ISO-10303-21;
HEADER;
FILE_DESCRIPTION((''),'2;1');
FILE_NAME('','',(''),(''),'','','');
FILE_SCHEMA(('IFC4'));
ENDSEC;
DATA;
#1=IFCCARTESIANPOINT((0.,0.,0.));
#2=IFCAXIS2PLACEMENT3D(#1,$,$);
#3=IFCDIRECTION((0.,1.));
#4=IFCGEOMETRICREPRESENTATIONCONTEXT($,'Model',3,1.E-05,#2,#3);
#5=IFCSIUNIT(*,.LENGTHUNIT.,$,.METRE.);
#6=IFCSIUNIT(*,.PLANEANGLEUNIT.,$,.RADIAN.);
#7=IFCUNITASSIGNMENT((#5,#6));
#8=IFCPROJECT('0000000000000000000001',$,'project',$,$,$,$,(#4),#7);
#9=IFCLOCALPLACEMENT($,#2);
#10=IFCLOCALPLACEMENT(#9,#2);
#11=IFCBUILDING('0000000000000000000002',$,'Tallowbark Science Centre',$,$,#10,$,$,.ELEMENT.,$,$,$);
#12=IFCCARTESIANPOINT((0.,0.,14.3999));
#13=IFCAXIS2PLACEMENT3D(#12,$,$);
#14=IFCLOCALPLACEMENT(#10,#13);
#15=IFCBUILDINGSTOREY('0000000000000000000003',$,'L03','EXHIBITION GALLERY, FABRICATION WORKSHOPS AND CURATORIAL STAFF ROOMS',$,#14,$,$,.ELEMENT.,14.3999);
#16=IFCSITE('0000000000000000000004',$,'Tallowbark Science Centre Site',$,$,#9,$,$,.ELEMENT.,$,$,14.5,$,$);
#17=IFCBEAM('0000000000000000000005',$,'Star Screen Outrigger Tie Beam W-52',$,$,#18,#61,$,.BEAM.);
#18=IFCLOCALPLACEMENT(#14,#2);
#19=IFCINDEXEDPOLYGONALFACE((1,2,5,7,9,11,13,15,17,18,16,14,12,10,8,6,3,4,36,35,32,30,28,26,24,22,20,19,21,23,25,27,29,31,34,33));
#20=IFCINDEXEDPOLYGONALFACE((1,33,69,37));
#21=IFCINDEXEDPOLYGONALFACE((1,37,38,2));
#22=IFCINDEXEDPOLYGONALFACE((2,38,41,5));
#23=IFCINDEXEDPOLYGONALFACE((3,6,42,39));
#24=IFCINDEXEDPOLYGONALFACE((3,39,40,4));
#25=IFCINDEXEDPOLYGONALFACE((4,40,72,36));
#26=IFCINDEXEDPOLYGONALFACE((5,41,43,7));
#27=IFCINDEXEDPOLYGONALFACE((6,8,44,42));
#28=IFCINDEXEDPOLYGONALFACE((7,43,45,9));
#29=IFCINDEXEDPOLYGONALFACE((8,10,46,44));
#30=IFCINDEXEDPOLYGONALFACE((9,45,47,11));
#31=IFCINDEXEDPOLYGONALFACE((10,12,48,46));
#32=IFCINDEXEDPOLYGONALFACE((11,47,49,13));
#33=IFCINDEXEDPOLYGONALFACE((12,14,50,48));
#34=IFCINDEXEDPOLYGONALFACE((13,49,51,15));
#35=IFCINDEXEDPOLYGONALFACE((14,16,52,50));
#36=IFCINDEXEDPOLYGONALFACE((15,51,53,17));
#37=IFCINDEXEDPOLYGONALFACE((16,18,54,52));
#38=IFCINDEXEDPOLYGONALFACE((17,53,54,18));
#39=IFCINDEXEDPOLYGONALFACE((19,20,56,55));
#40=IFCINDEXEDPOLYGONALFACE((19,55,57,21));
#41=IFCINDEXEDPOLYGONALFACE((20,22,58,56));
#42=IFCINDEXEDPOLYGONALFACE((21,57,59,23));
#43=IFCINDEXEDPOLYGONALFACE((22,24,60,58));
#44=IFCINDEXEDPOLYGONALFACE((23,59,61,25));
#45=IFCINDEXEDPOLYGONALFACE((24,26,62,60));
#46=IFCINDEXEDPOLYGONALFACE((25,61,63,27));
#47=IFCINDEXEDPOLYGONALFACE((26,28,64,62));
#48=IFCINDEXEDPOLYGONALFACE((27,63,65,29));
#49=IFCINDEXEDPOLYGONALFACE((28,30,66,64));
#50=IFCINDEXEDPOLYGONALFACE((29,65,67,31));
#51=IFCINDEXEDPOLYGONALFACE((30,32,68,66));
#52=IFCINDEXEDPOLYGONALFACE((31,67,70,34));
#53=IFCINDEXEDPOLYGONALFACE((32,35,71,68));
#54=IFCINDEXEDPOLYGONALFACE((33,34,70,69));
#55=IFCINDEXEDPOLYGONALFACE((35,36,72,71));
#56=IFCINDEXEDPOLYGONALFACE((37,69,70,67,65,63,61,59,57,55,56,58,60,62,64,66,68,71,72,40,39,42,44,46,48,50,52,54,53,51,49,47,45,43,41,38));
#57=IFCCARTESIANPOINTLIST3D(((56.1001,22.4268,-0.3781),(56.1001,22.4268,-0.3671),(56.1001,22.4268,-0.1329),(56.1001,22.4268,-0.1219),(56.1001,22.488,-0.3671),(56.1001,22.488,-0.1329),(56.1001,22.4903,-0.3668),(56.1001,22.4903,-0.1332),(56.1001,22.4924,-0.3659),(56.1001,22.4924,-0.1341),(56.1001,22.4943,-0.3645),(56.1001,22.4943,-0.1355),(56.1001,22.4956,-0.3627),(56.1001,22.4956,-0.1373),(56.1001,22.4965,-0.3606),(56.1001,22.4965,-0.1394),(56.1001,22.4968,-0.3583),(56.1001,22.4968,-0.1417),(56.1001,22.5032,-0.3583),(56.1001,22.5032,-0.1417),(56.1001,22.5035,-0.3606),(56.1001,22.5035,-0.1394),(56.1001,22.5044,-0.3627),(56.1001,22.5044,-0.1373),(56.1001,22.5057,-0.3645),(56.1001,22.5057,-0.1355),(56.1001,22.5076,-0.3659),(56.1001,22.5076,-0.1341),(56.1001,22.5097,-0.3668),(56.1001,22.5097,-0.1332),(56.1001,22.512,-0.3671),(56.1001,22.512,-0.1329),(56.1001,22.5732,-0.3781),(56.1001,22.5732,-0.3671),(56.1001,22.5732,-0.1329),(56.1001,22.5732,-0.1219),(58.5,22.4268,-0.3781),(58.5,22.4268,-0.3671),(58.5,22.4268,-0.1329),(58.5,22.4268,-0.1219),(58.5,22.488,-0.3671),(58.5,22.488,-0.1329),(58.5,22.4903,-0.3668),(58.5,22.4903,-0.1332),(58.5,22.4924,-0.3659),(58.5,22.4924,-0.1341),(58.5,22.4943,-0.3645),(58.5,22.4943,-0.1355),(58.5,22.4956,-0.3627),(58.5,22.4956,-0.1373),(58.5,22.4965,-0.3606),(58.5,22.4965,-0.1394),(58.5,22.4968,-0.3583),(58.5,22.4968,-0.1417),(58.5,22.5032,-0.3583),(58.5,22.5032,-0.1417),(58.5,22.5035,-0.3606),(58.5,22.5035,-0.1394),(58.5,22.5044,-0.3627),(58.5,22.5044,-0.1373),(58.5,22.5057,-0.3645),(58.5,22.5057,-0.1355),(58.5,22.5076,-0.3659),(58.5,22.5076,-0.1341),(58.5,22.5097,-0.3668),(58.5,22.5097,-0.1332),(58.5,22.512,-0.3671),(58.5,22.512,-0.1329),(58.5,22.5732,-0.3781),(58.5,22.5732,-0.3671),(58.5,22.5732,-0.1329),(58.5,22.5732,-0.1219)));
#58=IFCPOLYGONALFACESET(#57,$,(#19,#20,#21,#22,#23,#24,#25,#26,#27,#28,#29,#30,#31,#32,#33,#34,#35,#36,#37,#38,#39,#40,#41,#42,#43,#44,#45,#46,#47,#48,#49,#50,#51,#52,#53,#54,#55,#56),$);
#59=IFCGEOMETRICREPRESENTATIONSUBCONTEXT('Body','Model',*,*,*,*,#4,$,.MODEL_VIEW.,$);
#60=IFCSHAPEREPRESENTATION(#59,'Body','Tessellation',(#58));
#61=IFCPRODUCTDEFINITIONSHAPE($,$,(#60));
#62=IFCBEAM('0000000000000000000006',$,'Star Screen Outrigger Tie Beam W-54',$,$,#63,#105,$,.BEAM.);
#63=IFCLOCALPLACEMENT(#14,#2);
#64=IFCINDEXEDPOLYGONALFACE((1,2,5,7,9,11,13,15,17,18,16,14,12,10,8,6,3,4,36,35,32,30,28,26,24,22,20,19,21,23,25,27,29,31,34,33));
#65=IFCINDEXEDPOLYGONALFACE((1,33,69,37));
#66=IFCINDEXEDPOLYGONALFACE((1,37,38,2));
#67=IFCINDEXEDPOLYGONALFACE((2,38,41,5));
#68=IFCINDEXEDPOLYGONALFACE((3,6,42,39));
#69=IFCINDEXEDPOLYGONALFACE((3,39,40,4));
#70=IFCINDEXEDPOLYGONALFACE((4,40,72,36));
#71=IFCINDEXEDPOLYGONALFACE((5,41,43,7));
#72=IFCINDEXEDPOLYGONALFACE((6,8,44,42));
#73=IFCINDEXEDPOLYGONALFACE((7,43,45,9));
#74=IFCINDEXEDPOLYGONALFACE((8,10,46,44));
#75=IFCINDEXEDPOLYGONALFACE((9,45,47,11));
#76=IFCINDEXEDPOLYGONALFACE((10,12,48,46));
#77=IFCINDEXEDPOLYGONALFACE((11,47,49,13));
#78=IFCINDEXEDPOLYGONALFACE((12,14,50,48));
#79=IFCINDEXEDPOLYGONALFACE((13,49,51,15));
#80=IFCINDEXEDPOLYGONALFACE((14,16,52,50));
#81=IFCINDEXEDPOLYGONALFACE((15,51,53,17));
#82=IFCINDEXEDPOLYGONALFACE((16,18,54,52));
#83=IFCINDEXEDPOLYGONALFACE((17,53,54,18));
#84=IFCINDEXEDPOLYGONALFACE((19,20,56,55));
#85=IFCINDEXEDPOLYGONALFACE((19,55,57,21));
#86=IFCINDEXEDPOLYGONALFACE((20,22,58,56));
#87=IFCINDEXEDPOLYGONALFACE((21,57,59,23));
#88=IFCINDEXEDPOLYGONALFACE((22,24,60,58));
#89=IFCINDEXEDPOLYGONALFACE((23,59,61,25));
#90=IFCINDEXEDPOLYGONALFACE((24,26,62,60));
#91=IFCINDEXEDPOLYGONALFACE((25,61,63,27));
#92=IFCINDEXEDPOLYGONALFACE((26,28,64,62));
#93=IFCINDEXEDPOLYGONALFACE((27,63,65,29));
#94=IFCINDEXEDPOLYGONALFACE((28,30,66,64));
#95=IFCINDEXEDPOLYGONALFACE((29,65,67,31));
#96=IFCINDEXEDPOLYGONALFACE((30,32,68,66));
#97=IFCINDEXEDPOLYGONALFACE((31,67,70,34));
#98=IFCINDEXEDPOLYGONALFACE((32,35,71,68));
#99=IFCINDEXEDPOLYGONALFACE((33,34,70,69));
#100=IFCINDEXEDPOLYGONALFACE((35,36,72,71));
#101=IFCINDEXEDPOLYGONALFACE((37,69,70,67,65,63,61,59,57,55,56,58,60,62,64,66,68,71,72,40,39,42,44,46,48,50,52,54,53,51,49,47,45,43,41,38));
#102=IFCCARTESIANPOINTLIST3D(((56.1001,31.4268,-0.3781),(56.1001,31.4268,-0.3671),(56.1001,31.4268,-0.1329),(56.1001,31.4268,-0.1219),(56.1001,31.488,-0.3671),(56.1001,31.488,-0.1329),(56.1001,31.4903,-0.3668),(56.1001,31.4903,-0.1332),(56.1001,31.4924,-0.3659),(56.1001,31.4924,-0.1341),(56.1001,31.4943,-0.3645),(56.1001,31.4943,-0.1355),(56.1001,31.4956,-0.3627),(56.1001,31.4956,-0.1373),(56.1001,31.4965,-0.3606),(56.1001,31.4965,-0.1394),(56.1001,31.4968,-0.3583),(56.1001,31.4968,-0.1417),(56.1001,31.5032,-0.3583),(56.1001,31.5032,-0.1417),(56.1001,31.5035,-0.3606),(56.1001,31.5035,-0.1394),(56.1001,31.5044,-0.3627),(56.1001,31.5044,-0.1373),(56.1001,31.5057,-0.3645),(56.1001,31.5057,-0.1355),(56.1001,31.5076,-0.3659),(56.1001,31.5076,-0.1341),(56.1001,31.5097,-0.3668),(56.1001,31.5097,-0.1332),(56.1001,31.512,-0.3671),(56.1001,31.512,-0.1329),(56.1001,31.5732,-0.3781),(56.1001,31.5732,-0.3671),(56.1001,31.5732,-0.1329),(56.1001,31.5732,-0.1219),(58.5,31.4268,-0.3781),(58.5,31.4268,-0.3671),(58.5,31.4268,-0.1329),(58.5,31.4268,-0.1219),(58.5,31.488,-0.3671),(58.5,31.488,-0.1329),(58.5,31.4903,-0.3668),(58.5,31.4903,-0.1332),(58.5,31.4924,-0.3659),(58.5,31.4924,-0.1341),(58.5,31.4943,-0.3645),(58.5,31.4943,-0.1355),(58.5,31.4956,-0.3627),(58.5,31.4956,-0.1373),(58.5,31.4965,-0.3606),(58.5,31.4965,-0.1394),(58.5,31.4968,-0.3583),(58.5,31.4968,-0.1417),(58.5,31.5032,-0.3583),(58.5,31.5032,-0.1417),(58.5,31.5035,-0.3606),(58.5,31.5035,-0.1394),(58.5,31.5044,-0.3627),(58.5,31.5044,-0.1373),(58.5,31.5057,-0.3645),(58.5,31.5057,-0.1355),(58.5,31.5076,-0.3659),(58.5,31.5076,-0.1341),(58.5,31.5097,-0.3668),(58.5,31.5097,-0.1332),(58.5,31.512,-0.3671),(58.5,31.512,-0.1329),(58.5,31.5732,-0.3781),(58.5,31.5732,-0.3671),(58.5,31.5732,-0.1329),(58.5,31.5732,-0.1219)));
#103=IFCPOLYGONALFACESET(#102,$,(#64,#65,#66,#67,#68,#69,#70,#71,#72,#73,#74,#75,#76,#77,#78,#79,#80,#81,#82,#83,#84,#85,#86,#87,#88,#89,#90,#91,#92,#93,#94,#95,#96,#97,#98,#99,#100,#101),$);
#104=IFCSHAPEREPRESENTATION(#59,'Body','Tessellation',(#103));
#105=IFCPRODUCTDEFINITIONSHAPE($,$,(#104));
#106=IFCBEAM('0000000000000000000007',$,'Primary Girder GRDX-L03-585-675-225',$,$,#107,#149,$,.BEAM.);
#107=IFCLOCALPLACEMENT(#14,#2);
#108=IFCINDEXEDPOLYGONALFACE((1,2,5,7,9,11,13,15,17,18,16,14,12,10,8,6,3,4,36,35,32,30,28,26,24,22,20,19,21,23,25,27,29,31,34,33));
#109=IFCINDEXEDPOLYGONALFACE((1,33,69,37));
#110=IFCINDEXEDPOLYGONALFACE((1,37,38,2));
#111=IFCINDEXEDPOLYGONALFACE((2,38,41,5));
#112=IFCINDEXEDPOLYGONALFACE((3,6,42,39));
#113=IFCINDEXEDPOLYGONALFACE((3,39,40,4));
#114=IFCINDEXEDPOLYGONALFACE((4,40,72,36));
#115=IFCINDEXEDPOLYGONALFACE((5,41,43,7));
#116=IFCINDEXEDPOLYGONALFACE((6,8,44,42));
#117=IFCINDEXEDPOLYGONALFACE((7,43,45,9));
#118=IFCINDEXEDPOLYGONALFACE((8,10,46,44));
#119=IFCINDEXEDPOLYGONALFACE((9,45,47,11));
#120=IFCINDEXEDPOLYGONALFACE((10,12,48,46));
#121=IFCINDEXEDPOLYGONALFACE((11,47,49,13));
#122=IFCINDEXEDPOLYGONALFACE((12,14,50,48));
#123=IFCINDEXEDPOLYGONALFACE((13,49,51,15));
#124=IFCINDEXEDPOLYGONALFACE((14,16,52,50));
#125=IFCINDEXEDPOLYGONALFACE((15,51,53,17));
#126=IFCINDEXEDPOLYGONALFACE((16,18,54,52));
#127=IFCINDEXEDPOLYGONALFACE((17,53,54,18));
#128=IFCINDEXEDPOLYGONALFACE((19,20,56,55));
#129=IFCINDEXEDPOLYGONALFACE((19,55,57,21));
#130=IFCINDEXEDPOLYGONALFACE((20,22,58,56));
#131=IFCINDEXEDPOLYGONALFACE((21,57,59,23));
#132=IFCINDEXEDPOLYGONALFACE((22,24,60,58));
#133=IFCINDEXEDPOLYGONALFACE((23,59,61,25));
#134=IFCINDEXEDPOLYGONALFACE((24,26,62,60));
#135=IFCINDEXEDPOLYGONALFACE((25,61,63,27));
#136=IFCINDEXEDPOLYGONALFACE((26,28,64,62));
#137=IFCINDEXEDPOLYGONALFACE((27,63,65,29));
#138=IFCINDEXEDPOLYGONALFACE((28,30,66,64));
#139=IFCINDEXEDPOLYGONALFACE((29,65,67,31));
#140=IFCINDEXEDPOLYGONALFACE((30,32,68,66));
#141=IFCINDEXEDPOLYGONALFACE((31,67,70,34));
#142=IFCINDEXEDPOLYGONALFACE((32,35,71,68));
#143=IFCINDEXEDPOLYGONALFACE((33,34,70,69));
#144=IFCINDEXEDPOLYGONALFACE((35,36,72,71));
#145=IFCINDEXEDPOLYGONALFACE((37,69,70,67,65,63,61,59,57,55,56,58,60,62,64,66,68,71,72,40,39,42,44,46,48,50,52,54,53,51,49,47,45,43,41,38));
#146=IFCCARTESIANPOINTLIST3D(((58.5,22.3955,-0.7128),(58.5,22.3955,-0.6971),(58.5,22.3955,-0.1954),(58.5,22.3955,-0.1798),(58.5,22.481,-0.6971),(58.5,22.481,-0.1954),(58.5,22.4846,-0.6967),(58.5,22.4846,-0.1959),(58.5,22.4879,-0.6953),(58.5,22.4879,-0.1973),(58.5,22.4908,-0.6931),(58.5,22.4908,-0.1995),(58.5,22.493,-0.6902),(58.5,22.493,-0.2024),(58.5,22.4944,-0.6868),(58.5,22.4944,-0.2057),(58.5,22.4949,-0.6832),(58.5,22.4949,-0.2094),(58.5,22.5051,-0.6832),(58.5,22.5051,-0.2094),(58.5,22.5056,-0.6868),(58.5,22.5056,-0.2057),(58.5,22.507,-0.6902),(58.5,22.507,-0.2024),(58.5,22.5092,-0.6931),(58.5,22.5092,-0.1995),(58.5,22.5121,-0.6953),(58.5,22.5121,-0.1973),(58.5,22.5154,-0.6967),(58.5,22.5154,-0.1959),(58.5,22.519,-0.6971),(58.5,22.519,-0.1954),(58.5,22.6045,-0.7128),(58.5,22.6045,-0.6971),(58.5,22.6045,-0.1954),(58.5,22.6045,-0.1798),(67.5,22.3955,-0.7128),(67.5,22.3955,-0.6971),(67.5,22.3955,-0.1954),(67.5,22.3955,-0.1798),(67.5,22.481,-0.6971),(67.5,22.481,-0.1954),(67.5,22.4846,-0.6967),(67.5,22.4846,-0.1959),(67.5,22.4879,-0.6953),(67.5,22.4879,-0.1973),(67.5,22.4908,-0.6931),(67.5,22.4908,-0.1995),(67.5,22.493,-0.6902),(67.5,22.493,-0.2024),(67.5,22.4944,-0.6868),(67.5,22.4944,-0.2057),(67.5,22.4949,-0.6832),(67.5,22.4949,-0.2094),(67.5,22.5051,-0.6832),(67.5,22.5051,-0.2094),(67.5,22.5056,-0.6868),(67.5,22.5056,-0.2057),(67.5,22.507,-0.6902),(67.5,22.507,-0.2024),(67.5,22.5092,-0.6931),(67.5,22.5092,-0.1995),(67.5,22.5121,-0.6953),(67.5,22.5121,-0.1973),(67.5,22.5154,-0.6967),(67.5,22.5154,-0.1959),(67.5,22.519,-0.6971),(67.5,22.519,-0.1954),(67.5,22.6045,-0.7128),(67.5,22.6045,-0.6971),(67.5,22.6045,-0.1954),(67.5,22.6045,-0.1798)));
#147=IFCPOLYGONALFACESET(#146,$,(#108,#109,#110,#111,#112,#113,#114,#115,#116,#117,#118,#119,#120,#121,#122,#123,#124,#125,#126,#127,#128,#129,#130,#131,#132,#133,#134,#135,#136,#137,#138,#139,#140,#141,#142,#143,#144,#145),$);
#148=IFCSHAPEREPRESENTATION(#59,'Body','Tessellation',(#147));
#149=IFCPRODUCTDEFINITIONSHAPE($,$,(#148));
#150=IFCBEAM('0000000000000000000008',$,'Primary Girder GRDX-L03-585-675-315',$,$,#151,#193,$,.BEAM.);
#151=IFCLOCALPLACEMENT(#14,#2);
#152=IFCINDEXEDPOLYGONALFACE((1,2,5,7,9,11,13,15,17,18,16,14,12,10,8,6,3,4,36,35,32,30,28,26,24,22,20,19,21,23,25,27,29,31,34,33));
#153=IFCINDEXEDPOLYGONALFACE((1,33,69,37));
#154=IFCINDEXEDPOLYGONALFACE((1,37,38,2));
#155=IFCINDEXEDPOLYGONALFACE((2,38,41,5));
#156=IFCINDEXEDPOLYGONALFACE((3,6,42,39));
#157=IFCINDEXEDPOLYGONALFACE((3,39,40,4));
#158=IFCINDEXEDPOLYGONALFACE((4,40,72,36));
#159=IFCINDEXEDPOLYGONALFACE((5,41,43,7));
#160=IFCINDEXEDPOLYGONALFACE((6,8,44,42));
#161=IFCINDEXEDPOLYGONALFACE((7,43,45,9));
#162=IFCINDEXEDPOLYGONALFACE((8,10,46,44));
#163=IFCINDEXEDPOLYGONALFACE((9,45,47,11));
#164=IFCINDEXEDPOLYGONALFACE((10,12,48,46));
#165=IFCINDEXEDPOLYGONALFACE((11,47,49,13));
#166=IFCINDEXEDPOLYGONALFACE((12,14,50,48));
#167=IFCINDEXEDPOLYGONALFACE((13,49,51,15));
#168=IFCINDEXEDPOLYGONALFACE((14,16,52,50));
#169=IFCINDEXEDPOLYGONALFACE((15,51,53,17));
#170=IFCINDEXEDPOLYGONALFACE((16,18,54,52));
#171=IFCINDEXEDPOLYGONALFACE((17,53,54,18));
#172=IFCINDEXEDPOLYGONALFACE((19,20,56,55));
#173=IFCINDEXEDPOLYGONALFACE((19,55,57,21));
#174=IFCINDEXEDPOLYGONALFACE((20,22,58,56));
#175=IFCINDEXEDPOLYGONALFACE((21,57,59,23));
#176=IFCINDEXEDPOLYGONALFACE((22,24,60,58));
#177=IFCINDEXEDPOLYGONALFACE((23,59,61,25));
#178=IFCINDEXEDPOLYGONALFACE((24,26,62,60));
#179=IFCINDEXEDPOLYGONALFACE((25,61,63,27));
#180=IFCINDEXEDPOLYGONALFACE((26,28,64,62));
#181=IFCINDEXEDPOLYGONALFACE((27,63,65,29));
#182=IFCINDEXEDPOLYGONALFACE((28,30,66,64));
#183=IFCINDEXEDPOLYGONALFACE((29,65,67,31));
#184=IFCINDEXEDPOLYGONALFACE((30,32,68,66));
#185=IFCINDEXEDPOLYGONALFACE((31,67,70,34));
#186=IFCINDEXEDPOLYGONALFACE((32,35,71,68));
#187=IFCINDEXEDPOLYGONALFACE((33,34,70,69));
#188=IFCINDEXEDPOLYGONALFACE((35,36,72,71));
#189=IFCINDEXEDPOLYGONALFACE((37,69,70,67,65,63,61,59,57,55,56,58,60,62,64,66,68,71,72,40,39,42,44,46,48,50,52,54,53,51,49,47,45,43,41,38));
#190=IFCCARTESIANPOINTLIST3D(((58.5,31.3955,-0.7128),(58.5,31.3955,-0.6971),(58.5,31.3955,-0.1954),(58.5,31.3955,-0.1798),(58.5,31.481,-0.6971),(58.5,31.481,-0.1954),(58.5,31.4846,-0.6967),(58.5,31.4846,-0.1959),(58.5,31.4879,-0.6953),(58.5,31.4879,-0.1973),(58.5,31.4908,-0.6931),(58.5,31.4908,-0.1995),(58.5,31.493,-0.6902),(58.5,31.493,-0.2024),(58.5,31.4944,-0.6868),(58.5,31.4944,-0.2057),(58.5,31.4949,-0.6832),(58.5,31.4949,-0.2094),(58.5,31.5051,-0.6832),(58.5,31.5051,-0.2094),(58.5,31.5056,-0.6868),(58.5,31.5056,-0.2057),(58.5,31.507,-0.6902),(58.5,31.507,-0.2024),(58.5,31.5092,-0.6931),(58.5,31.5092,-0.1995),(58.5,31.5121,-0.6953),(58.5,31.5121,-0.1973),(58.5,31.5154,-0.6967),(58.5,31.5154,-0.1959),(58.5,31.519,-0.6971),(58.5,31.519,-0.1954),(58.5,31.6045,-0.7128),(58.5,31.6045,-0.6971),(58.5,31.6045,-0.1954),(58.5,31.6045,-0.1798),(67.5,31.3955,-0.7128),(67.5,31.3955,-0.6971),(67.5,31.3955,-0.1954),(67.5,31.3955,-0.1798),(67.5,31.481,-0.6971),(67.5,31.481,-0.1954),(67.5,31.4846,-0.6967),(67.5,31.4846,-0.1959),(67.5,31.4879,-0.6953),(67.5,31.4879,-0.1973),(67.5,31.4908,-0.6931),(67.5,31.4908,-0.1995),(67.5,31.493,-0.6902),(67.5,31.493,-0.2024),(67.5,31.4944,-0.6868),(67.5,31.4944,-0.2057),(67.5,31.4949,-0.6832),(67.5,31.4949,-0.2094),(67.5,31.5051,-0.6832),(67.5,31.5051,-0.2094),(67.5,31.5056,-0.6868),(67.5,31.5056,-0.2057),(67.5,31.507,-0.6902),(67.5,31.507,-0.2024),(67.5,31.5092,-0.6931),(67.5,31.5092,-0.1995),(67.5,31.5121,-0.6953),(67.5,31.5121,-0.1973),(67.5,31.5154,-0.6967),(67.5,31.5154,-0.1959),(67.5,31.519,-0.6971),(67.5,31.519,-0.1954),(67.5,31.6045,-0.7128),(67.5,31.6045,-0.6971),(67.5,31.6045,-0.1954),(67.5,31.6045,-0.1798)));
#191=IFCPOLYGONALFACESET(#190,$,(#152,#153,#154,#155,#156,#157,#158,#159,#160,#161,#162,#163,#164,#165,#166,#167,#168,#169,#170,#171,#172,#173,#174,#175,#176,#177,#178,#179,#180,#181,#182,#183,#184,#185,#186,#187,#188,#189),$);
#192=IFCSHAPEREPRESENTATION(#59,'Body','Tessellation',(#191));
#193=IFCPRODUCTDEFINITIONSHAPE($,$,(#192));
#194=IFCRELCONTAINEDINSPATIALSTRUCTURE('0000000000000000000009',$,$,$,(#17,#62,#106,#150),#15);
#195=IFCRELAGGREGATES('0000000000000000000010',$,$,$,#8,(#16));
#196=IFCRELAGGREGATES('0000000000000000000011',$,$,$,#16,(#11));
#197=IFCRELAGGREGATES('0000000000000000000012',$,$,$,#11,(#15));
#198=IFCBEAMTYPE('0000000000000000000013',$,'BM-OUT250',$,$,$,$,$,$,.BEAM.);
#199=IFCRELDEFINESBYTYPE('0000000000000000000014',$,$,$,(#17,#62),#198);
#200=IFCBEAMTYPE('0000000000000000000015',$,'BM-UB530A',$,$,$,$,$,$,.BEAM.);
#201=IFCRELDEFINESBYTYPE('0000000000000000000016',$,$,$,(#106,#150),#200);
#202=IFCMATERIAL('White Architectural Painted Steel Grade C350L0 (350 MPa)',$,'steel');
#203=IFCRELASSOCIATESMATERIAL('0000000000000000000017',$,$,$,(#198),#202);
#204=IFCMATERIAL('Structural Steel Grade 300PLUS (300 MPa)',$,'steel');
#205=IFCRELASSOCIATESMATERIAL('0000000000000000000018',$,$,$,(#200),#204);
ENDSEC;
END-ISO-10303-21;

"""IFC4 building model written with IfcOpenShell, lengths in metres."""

from ifc_helpers import new_model, si_unit, direction, frame, origin, origin_2d, place, context, subcontext, project, spatial, i_section, extrude, material, material_profile, profile_set, type_object, element, save


model = new_model("IFC4")

# Units and contexts
model_context = context("Model", 3, precision=1e-05, world=origin(), true_north=direction((0.0, 1.0)))
body_context = subcontext(model_context, "Body", "Model", "MODEL_VIEW")
ifc_project = project(units=[si_unit("LENGTHUNIT", "METRE"), si_unit("PLANEANGLEUNIT", "RADIAN")], contexts=[model_context])

# Site, building, storey
site_placement = place(None, origin())
site = spatial("IfcSite", under=ifc_project, at=site_placement, Name="Tallowbark Science Centre Site", CompositionType="ELEMENT", RefElevation=14.5)
building_placement = place(site_placement, origin())
building = spatial("IfcBuilding", under=site, at=building_placement, Name="Tallowbark Science Centre", CompositionType="ELEMENT")
storey_placement = place(building_placement, frame((0.0, 0.0, 14.3999)))
storey = spatial("IfcBuildingStorey", under=building, at=storey_placement, Name="L03", Description="EXHIBITION GALLERY, FABRICATION WORKSHOPS AND CURATORIAL STAFF ROOMS", CompositionType="ELEMENT", Elevation=14.3999)

# Shared definitions
ifc_material_1 = material(Name="Structural Steel Grade 300PLUS (300 MPa)", Category="steel")

# Beams
ifc_material_2 = material(Name="White Architectural Painted Steel Grade C350L0 (350 MPa)", Category="steel")
ifc_material_profile_1 = material_profile(ifc_material_2, i_section(OverallWidth=0.1465, OverallDepth=0.2561, WebThickness=0.0063, FlangeThickness=0.011, FilletRadius=0.0088, at=origin_2d()), Name="250UB37.3")
ifc_profile_set_1 = profile_set([ifc_material_profile_1], Name="White Architectural Painted Steel Grade C350L0 (350 MPa)")
beam_type_1 = type_object("IfcBeamType", Name="BM-OUT250", PredefinedType="BEAM", material=ifc_profile_set_1)
for number, where, z_axis, x_axis, name in (
    (1, (58.5, 22.5, -0.25), (-1.0, 0.0, 0.0), (0.0, -1.0, 0.0), "Star Screen Outrigger Tie Beam W-52"),
    (2, (58.5, 31.5, -0.25), (-1.0, 0.0, 0.0), (0.0, -1.0, 0.0), "Star Screen Outrigger Tie Beam W-54"),
):
    element("IfcBeam", number, at=place(storey_placement, frame(where, z_axis=z_axis, x_axis=x_axis)), inside=storey, type_object=beam_type_1, Name=name, PredefinedType="BEAM", context=body_context, shape_type="SweptSolid", body=[
        extrude(i_section(OverallWidth=0.1465, OverallDepth=0.2561, WebThickness=0.0063, FlangeThickness=0.011, FilletRadius=0.0088, at=origin_2d()), origin(), (0.0, 0.0, 1.0), 2.3999),
    ])
ifc_material_profile_2 = material_profile(ifc_material_1, i_section(OverallWidth=0.209, OverallDepth=0.533, WebThickness=0.0103, FlangeThickness=0.0156, FilletRadius=0.0139, at=origin_2d()), Name="530UB92.4")
ifc_profile_set_2 = profile_set([ifc_material_profile_2], Name="Structural Steel Grade 300PLUS (300 MPa)")
beam_type_2 = type_object("IfcBeamType", Name="BM-UB530A", PredefinedType="BEAM", material=ifc_profile_set_2)
for number, where, z_axis, x_axis, name in (
    (3, (58.5, 22.5, -0.4463), (1.0, 0.0, 0.0), (0.0, 1.0, 0.0), "Primary Girder GRDX-L03-585-675-225"),
    (4, (58.5, 31.5, -0.4463), (1.0, 0.0, 0.0), (0.0, 1.0, 0.0), "Primary Girder GRDX-L03-585-675-315"),
):
    element("IfcBeam", number, at=place(storey_placement, frame(where, z_axis=z_axis, x_axis=x_axis)), inside=storey, type_object=beam_type_2, Name=name, PredefinedType="BEAM", context=body_context, shape_type="SweptSolid", body=[
        extrude(i_section(OverallWidth=0.209, OverallDepth=0.533, WebThickness=0.0103, FlangeThickness=0.0156, FilletRadius=0.0139, at=origin_2d()), origin(), (0.0, 0.0, 1.0), 9.0),
    ])

save(model, "model.ifc")
